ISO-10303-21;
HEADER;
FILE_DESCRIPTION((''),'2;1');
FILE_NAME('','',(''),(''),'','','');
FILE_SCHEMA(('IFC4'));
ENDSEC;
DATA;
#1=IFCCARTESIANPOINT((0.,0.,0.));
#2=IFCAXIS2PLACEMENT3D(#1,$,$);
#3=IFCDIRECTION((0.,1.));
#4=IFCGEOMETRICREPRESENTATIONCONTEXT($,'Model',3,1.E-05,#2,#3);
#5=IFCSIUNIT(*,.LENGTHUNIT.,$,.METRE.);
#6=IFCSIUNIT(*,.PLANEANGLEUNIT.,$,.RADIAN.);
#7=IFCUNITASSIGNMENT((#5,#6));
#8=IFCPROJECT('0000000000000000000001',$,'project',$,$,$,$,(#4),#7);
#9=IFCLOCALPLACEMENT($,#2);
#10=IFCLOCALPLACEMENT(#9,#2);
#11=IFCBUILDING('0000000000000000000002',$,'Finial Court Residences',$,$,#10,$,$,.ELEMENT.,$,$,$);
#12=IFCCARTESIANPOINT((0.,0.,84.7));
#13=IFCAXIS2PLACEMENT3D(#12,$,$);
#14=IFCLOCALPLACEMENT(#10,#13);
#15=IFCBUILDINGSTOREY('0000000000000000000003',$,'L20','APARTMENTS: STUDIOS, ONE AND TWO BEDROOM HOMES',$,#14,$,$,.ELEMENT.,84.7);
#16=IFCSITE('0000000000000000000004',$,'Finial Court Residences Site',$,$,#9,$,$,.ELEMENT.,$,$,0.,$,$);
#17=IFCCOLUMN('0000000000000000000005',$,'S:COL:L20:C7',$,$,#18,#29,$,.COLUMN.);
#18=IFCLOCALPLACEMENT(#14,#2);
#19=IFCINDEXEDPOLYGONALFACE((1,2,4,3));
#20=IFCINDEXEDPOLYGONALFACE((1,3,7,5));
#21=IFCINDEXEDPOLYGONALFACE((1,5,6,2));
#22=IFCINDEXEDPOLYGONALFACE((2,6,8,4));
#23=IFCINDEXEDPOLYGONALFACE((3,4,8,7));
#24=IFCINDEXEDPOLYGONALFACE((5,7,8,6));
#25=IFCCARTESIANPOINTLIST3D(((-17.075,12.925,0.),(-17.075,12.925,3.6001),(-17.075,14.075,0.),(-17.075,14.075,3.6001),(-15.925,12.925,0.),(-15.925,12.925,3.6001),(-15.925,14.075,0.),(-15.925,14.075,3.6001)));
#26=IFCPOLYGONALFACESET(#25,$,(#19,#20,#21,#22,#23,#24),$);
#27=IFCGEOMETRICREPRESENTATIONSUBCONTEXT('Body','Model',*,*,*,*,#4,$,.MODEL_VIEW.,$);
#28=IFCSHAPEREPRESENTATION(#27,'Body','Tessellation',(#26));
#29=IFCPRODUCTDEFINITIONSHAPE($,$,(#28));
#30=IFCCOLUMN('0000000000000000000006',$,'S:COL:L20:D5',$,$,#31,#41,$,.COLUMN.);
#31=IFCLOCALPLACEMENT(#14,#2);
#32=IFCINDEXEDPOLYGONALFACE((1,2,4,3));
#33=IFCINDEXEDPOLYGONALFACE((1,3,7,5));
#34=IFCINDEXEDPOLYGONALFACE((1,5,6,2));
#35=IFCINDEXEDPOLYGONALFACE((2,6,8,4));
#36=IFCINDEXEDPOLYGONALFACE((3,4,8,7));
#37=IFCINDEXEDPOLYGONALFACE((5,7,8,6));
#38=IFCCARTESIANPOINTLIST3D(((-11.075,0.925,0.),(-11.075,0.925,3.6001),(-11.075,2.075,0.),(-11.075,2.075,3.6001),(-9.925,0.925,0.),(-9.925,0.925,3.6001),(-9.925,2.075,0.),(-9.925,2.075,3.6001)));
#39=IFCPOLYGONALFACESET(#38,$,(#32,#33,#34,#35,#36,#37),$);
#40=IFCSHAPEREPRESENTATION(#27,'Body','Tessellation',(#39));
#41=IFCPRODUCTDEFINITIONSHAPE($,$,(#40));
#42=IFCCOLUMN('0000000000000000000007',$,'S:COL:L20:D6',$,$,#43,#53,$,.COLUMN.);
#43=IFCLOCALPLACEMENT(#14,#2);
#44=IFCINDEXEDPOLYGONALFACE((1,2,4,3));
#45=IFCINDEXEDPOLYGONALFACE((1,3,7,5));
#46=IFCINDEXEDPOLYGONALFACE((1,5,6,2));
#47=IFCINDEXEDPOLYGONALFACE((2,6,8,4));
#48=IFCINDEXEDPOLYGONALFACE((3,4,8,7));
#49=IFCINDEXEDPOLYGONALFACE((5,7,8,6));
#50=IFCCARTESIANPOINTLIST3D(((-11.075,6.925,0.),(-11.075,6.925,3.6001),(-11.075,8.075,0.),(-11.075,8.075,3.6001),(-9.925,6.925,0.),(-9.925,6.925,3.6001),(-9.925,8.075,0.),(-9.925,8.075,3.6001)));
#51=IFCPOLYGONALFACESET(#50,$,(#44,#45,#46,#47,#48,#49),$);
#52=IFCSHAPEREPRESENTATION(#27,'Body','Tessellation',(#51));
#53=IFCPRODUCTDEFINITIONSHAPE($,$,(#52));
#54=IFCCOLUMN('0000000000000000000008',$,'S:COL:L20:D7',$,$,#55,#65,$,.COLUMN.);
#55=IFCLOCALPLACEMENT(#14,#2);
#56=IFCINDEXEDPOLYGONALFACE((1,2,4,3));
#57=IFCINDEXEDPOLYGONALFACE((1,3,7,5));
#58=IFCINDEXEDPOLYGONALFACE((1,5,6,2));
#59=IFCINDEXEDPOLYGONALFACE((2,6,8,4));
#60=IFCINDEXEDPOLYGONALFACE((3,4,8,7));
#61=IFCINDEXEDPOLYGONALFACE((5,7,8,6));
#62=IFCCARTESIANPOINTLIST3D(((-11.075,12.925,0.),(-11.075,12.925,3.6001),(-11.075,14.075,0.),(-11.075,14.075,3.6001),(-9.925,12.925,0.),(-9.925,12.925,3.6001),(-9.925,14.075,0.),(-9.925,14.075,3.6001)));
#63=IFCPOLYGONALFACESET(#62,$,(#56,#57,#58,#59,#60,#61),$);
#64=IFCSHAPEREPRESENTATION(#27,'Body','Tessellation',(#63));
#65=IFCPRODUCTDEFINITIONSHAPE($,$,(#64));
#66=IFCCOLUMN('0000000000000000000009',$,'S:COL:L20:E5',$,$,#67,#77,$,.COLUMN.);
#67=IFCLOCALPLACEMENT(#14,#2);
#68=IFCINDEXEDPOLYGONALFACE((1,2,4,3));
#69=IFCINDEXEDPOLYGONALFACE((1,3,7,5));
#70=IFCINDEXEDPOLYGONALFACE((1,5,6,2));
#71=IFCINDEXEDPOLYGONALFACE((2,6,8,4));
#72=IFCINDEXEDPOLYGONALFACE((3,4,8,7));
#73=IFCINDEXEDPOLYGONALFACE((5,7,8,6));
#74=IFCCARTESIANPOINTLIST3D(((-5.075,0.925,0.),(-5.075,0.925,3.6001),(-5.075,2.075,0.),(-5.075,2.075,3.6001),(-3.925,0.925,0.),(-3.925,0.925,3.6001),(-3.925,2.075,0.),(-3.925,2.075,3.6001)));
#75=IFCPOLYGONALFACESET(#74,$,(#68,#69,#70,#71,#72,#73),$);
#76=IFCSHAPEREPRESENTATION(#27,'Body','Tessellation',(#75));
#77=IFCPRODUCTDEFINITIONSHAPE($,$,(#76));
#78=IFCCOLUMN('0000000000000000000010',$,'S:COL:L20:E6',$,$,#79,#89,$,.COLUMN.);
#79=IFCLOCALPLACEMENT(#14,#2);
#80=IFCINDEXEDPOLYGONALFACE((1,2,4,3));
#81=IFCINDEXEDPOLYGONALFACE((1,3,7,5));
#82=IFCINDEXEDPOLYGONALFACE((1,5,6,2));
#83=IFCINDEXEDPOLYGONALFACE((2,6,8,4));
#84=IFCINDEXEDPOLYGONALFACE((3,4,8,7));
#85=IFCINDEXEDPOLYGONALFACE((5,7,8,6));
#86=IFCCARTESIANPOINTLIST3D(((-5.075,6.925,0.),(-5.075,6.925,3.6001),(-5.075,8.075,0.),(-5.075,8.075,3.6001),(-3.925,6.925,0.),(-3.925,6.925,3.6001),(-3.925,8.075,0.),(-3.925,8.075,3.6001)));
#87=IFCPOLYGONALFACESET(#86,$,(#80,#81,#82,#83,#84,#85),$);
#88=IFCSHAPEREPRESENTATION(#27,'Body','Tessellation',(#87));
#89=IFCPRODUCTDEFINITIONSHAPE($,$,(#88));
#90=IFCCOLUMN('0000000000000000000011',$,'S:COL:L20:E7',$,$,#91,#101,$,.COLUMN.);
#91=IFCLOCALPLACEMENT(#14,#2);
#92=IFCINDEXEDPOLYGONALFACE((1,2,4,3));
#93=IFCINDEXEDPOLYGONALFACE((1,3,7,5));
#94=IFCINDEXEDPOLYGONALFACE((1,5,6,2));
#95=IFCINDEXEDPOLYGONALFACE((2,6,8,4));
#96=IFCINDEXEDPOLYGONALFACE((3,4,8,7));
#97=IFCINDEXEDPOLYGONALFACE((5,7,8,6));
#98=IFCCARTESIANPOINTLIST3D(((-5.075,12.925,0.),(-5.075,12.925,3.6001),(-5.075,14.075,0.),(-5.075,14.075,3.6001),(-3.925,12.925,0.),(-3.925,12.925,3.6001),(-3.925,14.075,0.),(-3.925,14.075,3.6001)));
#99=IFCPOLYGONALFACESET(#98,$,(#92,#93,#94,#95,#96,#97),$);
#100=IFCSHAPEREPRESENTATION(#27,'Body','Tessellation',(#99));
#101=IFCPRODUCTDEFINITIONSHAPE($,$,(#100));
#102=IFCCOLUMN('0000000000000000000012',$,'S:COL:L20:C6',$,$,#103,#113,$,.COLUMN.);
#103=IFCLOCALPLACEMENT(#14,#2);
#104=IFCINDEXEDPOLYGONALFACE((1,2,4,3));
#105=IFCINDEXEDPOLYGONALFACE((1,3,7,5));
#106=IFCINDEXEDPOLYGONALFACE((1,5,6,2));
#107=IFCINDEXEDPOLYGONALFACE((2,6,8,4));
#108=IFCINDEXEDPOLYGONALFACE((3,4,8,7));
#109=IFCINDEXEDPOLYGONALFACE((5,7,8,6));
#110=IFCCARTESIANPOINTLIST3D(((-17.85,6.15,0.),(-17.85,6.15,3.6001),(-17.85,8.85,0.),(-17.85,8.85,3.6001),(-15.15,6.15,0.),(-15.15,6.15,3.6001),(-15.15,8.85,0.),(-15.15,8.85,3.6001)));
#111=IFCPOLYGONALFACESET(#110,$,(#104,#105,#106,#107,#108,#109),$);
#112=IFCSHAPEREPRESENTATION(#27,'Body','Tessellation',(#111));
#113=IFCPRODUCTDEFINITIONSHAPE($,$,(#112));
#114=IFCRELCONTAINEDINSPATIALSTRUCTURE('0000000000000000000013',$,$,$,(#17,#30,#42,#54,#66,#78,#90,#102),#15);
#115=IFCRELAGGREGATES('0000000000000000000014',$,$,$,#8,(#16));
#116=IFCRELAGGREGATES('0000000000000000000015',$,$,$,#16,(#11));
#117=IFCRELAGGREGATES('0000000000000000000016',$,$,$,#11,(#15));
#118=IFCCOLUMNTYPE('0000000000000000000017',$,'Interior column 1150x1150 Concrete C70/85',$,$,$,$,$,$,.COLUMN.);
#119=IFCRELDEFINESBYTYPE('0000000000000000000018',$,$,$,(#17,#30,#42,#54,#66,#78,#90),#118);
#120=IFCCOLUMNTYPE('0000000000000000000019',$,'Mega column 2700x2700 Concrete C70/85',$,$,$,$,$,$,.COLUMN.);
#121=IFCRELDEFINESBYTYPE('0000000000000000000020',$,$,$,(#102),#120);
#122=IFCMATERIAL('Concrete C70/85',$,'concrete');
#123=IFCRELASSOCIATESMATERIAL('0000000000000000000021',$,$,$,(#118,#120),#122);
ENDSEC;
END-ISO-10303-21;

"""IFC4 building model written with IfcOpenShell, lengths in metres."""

from ifc_helpers import new_model, si_unit, direction, frame, origin, origin_2d, place, context, subcontext, project, spatial, rectangle, extrude, material, material_profile, profile_set, type_object, element, save


model = new_model("IFC4")

# Units and contexts
model_context = context("Model", 3, precision=1e-05, world=origin(), true_north=direction((0.0, 1.0)))
body_context = subcontext(model_context, "Body", "Model", "MODEL_VIEW")
ifc_project = project(units=[si_unit("LENGTHUNIT", "METRE"), si_unit("PLANEANGLEUNIT", "RADIAN")], contexts=[model_context])

# Site, building, storey
site_placement = place(None, origin())
site = spatial("IfcSite", under=ifc_project, at=site_placement, Name="Finial Court Residences Site", CompositionType="ELEMENT", RefElevation=0.0)
building_placement = place(site_placement, origin())
building = spatial("IfcBuilding", under=site, at=building_placement, Name="Finial Court Residences", CompositionType="ELEMENT")
storey_placement = place(building_placement, frame((0.0, 0.0, 84.7)))
storey = spatial("IfcBuildingStorey", under=building, at=storey_placement, Name="L20", Description="APARTMENTS: STUDIOS, ONE AND TWO BEDROOM HOMES", CompositionType="ELEMENT", Elevation=84.7)

# Columns
ifc_material_1 = material(Name="Concrete C70/85", Category="concrete")
ifc_material_profile_1 = material_profile(ifc_material_1, rectangle(XDim=1.1499, YDim=1.1499, at=origin_2d()), Name="1150x1150")
ifc_profile_set_1 = profile_set([ifc_material_profile_1], Name="Concrete C70/85")
column_type_1 = type_object("IfcColumnType", Name="Interior column 1150x1150 Concrete C70/85", PredefinedType="COLUMN", material=ifc_profile_set_1)
for number, where, z_axis, x_axis, name in (
    (1, (-16.5, 13.5, 0.0), (0.0, 0.0, 1.0), (1.0, 0.0, 0.0), "S:COL:L20:C7"),
    (2, (-10.5, 1.5, 0.0), (0.0, 0.0, 1.0), (1.0, 0.0, 0.0), "S:COL:L20:D5"),
    (3, (-10.5, 7.5, 0.0), (0.0, 0.0, 1.0), (1.0, 0.0, 0.0), "S:COL:L20:D6"),
    (4, (-10.5, 13.5, 0.0), (0.0, 0.0, 1.0), (1.0, 0.0, 0.0), "S:COL:L20:D7"),
    (5, (-4.5, 1.5, 0.0), (0.0, 0.0, 1.0), (1.0, 0.0, 0.0), "S:COL:L20:E5"),
    (6, (-4.5, 7.5, 0.0), (0.0, 0.0, 1.0), (1.0, 0.0, 0.0), "S:COL:L20:E6"),
    (7, (-4.5, 13.5, 0.0), (0.0, 0.0, 1.0), (1.0, 0.0, 0.0), "S:COL:L20:E7"),
):
    element("IfcColumn", number, at=place(storey_placement, frame(where, z_axis=z_axis, x_axis=x_axis)), inside=storey, type_object=column_type_1, Name=name, PredefinedType="COLUMN", context=body_context, shape_type="SweptSolid", body=[
        extrude(rectangle(XDim=1.1499, YDim=1.1499, at=origin_2d()), origin(), (0.0, 0.0, 1.0), 3.6001),
    ])
ifc_material_profile_2 = material_profile(ifc_material_1, rectangle(XDim=2.7, YDim=2.7, at=origin_2d()), Name="2700x2700")
ifc_profile_set_2 = profile_set([ifc_material_profile_2], Name="Concrete C70/85")
column_type_2 = type_object("IfcColumnType", Name="Mega column 2700x2700 Concrete C70/85", PredefinedType="COLUMN", material=ifc_profile_set_2)
column_placement = place(storey_placement, frame((-16.5, 7.5, 0.0), z_axis=(0.0, 0.0, 1.0), x_axis=(1.0, 0.0, 0.0)))
element("IfcColumn", 8, at=column_placement, inside=storey, type_object=column_type_2, Name="S:COL:L20:C6", PredefinedType="COLUMN", context=body_context, shape_type="SweptSolid", body=[
    extrude(rectangle(XDim=2.7, YDim=2.7, at=origin_2d()), origin(), (0.0, 0.0, 1.0), 3.6001),
])

save(model, "model.ifc")
